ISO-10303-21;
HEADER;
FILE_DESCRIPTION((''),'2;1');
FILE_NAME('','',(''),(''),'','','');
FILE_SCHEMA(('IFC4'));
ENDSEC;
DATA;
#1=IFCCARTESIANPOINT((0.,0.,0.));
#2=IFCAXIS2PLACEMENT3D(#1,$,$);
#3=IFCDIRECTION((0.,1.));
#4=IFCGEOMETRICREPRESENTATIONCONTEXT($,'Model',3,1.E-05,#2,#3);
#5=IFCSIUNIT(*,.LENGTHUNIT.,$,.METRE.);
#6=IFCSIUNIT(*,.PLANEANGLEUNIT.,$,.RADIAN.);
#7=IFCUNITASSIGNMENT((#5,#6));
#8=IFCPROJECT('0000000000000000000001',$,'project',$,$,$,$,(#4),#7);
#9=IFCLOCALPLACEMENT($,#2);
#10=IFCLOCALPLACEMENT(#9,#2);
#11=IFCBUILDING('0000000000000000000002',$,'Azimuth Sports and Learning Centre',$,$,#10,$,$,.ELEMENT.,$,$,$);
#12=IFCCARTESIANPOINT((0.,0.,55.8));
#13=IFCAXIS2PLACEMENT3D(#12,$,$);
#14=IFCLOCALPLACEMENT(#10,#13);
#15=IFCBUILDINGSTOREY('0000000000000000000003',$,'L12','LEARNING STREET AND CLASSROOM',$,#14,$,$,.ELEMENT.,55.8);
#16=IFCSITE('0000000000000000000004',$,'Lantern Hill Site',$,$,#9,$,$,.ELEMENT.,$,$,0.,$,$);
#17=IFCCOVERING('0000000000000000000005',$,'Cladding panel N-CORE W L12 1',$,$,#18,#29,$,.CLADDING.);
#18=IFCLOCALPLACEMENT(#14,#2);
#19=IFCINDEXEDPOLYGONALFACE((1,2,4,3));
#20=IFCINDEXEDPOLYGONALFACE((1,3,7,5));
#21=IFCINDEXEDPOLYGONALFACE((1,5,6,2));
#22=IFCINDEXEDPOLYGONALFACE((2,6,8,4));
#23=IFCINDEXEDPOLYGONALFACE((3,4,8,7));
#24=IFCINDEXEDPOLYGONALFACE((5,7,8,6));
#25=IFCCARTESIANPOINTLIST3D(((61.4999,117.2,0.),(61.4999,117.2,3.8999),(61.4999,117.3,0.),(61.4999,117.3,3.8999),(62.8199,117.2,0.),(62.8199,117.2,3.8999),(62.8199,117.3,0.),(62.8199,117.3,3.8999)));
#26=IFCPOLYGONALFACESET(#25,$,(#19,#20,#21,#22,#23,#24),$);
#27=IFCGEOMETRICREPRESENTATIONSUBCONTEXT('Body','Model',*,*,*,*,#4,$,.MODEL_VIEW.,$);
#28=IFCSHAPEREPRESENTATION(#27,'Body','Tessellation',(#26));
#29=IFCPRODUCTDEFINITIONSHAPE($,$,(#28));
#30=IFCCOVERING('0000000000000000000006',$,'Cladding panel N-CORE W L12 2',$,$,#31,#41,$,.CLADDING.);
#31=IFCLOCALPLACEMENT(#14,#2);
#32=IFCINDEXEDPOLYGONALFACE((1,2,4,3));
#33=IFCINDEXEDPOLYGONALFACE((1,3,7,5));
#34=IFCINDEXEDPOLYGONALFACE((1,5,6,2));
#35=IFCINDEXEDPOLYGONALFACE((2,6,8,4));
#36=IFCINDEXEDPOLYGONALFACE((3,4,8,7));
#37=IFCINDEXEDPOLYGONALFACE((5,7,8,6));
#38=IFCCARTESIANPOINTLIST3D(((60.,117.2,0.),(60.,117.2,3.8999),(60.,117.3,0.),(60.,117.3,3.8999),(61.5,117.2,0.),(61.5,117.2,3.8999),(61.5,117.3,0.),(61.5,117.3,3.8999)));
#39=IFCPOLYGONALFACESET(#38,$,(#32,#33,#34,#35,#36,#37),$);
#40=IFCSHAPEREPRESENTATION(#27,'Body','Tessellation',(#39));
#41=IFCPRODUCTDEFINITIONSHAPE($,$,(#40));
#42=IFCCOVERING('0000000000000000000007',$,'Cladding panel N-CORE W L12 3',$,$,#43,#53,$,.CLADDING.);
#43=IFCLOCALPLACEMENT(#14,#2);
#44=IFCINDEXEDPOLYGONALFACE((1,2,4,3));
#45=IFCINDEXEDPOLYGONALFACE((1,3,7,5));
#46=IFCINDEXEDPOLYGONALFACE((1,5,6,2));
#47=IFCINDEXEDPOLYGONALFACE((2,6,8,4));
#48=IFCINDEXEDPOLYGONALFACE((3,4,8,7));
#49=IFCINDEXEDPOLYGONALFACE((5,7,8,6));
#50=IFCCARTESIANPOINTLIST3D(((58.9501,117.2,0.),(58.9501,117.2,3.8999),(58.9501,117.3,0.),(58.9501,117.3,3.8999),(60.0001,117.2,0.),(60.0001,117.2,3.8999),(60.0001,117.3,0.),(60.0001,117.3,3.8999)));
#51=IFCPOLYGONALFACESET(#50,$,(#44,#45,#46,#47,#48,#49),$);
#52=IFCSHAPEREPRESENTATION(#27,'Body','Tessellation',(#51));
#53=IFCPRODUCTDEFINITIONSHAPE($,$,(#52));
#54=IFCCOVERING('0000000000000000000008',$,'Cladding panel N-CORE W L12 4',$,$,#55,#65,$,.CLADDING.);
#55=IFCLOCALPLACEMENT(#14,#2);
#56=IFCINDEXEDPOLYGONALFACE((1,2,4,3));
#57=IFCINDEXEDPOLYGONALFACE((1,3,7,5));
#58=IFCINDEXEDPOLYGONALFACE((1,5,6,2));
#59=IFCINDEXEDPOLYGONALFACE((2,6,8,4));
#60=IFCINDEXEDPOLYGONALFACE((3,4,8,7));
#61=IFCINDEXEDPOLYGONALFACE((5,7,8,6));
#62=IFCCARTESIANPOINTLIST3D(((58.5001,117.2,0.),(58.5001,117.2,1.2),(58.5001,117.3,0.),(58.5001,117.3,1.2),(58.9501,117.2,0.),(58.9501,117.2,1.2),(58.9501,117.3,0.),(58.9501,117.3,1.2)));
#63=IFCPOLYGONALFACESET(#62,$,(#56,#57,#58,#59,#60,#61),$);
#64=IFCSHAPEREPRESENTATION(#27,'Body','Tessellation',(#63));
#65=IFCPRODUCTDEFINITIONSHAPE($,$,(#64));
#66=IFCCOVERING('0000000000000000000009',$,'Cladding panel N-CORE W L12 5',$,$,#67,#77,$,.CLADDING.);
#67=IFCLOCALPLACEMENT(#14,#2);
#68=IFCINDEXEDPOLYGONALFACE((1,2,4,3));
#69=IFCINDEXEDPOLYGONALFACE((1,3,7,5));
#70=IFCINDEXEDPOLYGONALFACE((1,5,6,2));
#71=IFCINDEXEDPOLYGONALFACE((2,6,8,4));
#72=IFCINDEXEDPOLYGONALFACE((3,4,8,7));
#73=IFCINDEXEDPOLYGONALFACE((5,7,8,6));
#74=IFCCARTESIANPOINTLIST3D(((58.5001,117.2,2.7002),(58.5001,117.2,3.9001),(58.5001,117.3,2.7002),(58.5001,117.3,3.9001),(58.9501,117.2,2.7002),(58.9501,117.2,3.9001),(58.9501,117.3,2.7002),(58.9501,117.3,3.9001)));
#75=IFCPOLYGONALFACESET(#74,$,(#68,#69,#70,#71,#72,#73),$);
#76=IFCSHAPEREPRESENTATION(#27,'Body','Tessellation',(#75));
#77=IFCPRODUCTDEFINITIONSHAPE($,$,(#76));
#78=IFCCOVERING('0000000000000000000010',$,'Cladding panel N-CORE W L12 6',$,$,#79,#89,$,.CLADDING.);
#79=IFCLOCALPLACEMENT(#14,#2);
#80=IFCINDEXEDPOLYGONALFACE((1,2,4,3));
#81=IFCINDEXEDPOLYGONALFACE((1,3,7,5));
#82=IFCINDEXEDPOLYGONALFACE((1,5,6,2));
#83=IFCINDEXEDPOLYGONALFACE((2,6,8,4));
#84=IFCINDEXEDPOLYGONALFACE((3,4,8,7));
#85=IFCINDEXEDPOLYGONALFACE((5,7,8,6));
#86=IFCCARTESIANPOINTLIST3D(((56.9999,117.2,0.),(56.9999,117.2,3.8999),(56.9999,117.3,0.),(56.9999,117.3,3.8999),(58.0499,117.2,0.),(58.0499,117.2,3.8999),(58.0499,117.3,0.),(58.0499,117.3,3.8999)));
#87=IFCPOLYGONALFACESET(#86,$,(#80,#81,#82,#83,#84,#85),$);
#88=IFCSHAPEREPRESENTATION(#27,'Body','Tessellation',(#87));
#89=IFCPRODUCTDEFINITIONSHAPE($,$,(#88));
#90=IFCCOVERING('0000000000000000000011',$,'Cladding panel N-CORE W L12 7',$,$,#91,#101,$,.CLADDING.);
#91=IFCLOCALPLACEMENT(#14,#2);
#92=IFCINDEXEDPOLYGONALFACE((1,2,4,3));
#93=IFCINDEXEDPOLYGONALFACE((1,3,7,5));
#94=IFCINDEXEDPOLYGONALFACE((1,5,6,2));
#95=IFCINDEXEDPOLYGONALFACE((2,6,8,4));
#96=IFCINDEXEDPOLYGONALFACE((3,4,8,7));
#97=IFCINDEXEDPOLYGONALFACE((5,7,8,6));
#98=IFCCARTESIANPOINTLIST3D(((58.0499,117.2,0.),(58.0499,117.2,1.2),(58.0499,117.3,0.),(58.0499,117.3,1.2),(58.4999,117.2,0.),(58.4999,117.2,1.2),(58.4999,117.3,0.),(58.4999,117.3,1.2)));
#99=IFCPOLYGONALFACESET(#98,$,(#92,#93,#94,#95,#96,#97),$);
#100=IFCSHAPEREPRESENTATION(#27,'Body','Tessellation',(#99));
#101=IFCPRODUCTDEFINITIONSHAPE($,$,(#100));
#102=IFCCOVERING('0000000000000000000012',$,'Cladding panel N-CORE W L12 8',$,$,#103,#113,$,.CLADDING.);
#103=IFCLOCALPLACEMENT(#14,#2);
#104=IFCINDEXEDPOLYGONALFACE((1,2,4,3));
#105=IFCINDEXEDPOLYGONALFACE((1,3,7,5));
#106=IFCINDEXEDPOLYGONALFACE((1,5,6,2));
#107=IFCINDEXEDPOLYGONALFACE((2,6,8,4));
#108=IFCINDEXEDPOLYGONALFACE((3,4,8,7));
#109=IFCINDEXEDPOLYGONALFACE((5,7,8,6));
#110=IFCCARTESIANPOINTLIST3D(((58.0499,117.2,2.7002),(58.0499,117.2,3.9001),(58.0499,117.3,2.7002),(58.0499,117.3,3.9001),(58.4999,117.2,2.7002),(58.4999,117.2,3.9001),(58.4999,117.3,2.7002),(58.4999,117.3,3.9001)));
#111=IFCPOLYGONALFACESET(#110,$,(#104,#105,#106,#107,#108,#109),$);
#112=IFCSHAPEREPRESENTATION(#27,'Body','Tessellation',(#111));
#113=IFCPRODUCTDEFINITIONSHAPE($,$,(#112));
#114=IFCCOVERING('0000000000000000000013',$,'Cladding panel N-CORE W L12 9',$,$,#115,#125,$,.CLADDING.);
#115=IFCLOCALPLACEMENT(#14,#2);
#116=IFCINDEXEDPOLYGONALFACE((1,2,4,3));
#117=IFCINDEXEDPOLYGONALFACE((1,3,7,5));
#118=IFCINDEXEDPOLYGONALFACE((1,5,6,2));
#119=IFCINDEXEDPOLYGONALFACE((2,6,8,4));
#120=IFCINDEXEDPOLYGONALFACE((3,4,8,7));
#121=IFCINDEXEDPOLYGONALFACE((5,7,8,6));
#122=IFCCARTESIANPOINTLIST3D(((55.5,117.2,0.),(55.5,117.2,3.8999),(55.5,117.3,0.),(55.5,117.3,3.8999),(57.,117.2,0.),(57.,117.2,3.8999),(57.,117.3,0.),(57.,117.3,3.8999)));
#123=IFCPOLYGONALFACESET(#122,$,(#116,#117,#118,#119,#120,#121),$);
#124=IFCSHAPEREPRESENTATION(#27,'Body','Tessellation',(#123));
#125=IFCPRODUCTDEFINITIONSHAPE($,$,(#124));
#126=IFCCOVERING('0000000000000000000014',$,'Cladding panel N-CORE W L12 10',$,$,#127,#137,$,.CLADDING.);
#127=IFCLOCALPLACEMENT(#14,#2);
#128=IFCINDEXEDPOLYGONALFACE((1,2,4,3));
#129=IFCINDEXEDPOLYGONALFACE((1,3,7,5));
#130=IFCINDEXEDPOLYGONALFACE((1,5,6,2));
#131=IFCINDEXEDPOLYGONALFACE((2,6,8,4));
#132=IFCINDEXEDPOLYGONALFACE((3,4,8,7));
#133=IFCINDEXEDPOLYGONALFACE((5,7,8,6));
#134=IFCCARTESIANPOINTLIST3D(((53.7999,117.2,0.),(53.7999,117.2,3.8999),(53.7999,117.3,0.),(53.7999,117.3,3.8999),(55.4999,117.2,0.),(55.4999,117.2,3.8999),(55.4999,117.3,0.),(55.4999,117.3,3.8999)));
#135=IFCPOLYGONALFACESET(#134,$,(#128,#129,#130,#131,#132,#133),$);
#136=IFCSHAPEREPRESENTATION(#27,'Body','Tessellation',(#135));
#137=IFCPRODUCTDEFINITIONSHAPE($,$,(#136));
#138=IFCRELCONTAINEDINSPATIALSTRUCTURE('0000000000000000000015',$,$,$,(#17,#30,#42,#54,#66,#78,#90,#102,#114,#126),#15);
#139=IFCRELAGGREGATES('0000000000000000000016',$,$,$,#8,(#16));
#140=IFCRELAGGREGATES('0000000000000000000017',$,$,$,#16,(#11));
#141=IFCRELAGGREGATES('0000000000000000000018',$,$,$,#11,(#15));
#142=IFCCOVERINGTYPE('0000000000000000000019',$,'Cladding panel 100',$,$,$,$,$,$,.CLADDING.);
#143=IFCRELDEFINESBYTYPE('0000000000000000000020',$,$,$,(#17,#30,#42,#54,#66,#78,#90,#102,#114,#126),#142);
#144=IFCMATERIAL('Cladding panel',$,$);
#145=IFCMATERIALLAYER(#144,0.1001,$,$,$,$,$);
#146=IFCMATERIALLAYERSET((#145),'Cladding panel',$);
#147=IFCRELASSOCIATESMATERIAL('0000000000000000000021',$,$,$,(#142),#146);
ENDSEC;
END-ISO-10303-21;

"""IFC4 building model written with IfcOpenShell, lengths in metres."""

from ifc_helpers import new_model, si_unit, direction, frame, origin, origin_2d, place, context, subcontext, project, spatial, rectangle, extrude, material, layer, layer_set, type_object, element, save


model = new_model("IFC4")

# Units and contexts
model_context = context("Model", 3, precision=1e-05, world=origin(), true_north=direction((0.0, 1.0)))
body_context = subcontext(model_context, "Body", "Model", "MODEL_VIEW")
ifc_project = project(units=[si_unit("LENGTHUNIT", "METRE"), si_unit("PLANEANGLEUNIT", "RADIAN")], contexts=[model_context])

# Site, building, storey
site_placement = place(None, origin())
site = spatial("IfcSite", under=ifc_project, at=site_placement, Name="Lantern Hill Site", CompositionType="ELEMENT", RefElevation=0.0)
building_placement = place(site_placement, origin())
building = spatial("IfcBuilding", under=site, at=building_placement, Name="Azimuth Sports and Learning Centre", CompositionType="ELEMENT")
storey_placement = place(building_placement, frame((0.0, 0.0, 55.8)))
storey = spatial("IfcBuildingStorey", under=building, at=storey_placement, Name="L12", Description="LEARNING STREET AND CLASSROOM", CompositionType="ELEMENT", Elevation=55.8)

# Coverings
ifc_material_1 = material(Name="Cladding panel")
ifc_layer_1 = layer(ifc_material_1, 0.1001)
ifc_layer_set_1 = layer_set([ifc_layer_1], Name="Cladding panel")
covering_type = type_object("IfcCoveringType", Name="Cladding panel 100", PredefinedType="CLADDING", material=ifc_layer_set_1)
covering_1_placement = place(storey_placement, frame((62.1599, 117.25, 0.0), z_axis=(0.0, 0.0, 1.0), x_axis=(-1.0, 0.0, 0.0)))
element("IfcCovering", 1, at=covering_1_placement, inside=storey, type_object=covering_type, Name="Cladding panel N-CORE W L12 1", PredefinedType="CLADDING", context=body_context, shape_type="SweptSolid", body=[
    extrude(rectangle(XDim=1.3201, YDim=0.1001, at=origin_2d()), origin(), (0.0, 0.0, 1.0), 3.8999),
])
covering_2_placement = place(storey_placement, frame((60.75, 117.25, 0.0), z_axis=(0.0, 0.0, 1.0), x_axis=(-1.0, 0.0, 0.0)))
element("IfcCovering", 2, at=covering_2_placement, inside=storey, type_object=covering_type, Name="Cladding panel N-CORE W L12 2", PredefinedType="CLADDING", context=body_context, shape_type="SweptSolid", body=[
    extrude(rectangle(XDim=1.5, YDim=0.1001, at=origin_2d()), origin(), (0.0, 0.0, 1.0), 3.8999),
])
covering_3_placement = place(storey_placement, frame((59.4751, 117.25, 0.0), z_axis=(0.0, 0.0, 1.0), x_axis=(-1.0, 0.0, 0.0)))
element("IfcCovering", 3, at=covering_3_placement, inside=storey, type_object=covering_type, Name="Cladding panel N-CORE W L12 3", PredefinedType="CLADDING", context=body_context, shape_type="SweptSolid", body=[
    extrude(rectangle(XDim=1.05, YDim=0.1001, at=origin_2d()), origin(), (0.0, 0.0, 1.0), 3.8999),
])
for number, where, z_axis, x_axis, name in (
    (4, (58.7251, 117.25, 0.0), (0.0, 0.0, 1.0), (-1.0, 0.0, 0.0), "Cladding panel N-CORE W L12 4"),
    (5, (58.7251, 117.25, 2.7002), (0.0, 0.0, 1.0), (-1.0, 0.0, 0.0), "Cladding panel N-CORE W L12 5"),
):
    element("IfcCovering", number, at=place(storey_placement, frame(where, z_axis=z_axis, x_axis=x_axis)), inside=storey, type_object=covering_type, Name=name, PredefinedType="CLADDING", context=body_context, shape_type="SweptSolid", body=[
        extrude(rectangle(XDim=0.45, YDim=0.1001, at=origin_2d()), origin(), (0.0, 0.0, 1.0), 1.2),
    ])
covering_4_placement = place(storey_placement, frame((57.5249, 117.25, 0.0), z_axis=(0.0, 0.0, 1.0), x_axis=(-1.0, 0.0, 0.0)))
element("IfcCovering", 6, at=covering_4_placement, inside=storey, type_object=covering_type, Name="Cladding panel N-CORE W L12 6", PredefinedType="CLADDING", context=body_context, shape_type="SweptSolid", body=[
    extrude(rectangle(XDim=1.05, YDim=0.1001, at=origin_2d()), origin(), (0.0, 0.0, 1.0), 3.8999),
])
for number, where, z_axis, x_axis, name in (
    (7, (58.2749, 117.25, 0.0), (0.0, 0.0, 1.0), (-1.0, 0.0, 0.0), "Cladding panel N-CORE W L12 7"),
    (8, (58.2749, 117.25, 2.7002), (0.0, 0.0, 1.0), (-1.0, 0.0, 0.0), "Cladding panel N-CORE W L12 8"),
):
    element("IfcCovering", number, at=place(storey_placement, frame(where, z_axis=z_axis, x_axis=x_axis)), inside=storey, type_object=covering_type, Name=name, PredefinedType="CLADDING", context=body_context, shape_type="SweptSolid", body=[
        extrude(rectangle(XDim=0.45, YDim=0.1001, at=origin_2d()), origin(), (0.0, 0.0, 1.0), 1.2),
    ])
covering_5_placement = place(storey_placement, frame((56.25, 117.25, 0.0), z_axis=(0.0, 0.0, 1.0), x_axis=(-1.0, 0.0, 0.0)))
element("IfcCovering", 9, at=covering_5_placement, inside=storey, type_object=covering_type, Name="Cladding panel N-CORE W L12 9", PredefinedType="CLADDING", context=body_context, shape_type="SweptSolid", body=[
    extrude(rectangle(XDim=1.5, YDim=0.1001, at=origin_2d()), origin(), (0.0, 0.0, 1.0), 3.8999),
])
covering_6_placement = place(storey_placement, frame((54.6499, 117.25, 0.0), z_axis=(0.0, 0.0, 1.0), x_axis=(-1.0, 0.0, 0.0)))
element("IfcCovering", 10, at=covering_6_placement, inside=storey, type_object=covering_type, Name="Cladding panel N-CORE W L12 10", PredefinedType="CLADDING", context=body_context, shape_type="SweptSolid", body=[
    extrude(rectangle(XDim=1.7, YDim=0.1001, at=origin_2d()), origin(), (0.0, 0.0, 1.0), 3.8999),
])

save(model, "model.ifc")
